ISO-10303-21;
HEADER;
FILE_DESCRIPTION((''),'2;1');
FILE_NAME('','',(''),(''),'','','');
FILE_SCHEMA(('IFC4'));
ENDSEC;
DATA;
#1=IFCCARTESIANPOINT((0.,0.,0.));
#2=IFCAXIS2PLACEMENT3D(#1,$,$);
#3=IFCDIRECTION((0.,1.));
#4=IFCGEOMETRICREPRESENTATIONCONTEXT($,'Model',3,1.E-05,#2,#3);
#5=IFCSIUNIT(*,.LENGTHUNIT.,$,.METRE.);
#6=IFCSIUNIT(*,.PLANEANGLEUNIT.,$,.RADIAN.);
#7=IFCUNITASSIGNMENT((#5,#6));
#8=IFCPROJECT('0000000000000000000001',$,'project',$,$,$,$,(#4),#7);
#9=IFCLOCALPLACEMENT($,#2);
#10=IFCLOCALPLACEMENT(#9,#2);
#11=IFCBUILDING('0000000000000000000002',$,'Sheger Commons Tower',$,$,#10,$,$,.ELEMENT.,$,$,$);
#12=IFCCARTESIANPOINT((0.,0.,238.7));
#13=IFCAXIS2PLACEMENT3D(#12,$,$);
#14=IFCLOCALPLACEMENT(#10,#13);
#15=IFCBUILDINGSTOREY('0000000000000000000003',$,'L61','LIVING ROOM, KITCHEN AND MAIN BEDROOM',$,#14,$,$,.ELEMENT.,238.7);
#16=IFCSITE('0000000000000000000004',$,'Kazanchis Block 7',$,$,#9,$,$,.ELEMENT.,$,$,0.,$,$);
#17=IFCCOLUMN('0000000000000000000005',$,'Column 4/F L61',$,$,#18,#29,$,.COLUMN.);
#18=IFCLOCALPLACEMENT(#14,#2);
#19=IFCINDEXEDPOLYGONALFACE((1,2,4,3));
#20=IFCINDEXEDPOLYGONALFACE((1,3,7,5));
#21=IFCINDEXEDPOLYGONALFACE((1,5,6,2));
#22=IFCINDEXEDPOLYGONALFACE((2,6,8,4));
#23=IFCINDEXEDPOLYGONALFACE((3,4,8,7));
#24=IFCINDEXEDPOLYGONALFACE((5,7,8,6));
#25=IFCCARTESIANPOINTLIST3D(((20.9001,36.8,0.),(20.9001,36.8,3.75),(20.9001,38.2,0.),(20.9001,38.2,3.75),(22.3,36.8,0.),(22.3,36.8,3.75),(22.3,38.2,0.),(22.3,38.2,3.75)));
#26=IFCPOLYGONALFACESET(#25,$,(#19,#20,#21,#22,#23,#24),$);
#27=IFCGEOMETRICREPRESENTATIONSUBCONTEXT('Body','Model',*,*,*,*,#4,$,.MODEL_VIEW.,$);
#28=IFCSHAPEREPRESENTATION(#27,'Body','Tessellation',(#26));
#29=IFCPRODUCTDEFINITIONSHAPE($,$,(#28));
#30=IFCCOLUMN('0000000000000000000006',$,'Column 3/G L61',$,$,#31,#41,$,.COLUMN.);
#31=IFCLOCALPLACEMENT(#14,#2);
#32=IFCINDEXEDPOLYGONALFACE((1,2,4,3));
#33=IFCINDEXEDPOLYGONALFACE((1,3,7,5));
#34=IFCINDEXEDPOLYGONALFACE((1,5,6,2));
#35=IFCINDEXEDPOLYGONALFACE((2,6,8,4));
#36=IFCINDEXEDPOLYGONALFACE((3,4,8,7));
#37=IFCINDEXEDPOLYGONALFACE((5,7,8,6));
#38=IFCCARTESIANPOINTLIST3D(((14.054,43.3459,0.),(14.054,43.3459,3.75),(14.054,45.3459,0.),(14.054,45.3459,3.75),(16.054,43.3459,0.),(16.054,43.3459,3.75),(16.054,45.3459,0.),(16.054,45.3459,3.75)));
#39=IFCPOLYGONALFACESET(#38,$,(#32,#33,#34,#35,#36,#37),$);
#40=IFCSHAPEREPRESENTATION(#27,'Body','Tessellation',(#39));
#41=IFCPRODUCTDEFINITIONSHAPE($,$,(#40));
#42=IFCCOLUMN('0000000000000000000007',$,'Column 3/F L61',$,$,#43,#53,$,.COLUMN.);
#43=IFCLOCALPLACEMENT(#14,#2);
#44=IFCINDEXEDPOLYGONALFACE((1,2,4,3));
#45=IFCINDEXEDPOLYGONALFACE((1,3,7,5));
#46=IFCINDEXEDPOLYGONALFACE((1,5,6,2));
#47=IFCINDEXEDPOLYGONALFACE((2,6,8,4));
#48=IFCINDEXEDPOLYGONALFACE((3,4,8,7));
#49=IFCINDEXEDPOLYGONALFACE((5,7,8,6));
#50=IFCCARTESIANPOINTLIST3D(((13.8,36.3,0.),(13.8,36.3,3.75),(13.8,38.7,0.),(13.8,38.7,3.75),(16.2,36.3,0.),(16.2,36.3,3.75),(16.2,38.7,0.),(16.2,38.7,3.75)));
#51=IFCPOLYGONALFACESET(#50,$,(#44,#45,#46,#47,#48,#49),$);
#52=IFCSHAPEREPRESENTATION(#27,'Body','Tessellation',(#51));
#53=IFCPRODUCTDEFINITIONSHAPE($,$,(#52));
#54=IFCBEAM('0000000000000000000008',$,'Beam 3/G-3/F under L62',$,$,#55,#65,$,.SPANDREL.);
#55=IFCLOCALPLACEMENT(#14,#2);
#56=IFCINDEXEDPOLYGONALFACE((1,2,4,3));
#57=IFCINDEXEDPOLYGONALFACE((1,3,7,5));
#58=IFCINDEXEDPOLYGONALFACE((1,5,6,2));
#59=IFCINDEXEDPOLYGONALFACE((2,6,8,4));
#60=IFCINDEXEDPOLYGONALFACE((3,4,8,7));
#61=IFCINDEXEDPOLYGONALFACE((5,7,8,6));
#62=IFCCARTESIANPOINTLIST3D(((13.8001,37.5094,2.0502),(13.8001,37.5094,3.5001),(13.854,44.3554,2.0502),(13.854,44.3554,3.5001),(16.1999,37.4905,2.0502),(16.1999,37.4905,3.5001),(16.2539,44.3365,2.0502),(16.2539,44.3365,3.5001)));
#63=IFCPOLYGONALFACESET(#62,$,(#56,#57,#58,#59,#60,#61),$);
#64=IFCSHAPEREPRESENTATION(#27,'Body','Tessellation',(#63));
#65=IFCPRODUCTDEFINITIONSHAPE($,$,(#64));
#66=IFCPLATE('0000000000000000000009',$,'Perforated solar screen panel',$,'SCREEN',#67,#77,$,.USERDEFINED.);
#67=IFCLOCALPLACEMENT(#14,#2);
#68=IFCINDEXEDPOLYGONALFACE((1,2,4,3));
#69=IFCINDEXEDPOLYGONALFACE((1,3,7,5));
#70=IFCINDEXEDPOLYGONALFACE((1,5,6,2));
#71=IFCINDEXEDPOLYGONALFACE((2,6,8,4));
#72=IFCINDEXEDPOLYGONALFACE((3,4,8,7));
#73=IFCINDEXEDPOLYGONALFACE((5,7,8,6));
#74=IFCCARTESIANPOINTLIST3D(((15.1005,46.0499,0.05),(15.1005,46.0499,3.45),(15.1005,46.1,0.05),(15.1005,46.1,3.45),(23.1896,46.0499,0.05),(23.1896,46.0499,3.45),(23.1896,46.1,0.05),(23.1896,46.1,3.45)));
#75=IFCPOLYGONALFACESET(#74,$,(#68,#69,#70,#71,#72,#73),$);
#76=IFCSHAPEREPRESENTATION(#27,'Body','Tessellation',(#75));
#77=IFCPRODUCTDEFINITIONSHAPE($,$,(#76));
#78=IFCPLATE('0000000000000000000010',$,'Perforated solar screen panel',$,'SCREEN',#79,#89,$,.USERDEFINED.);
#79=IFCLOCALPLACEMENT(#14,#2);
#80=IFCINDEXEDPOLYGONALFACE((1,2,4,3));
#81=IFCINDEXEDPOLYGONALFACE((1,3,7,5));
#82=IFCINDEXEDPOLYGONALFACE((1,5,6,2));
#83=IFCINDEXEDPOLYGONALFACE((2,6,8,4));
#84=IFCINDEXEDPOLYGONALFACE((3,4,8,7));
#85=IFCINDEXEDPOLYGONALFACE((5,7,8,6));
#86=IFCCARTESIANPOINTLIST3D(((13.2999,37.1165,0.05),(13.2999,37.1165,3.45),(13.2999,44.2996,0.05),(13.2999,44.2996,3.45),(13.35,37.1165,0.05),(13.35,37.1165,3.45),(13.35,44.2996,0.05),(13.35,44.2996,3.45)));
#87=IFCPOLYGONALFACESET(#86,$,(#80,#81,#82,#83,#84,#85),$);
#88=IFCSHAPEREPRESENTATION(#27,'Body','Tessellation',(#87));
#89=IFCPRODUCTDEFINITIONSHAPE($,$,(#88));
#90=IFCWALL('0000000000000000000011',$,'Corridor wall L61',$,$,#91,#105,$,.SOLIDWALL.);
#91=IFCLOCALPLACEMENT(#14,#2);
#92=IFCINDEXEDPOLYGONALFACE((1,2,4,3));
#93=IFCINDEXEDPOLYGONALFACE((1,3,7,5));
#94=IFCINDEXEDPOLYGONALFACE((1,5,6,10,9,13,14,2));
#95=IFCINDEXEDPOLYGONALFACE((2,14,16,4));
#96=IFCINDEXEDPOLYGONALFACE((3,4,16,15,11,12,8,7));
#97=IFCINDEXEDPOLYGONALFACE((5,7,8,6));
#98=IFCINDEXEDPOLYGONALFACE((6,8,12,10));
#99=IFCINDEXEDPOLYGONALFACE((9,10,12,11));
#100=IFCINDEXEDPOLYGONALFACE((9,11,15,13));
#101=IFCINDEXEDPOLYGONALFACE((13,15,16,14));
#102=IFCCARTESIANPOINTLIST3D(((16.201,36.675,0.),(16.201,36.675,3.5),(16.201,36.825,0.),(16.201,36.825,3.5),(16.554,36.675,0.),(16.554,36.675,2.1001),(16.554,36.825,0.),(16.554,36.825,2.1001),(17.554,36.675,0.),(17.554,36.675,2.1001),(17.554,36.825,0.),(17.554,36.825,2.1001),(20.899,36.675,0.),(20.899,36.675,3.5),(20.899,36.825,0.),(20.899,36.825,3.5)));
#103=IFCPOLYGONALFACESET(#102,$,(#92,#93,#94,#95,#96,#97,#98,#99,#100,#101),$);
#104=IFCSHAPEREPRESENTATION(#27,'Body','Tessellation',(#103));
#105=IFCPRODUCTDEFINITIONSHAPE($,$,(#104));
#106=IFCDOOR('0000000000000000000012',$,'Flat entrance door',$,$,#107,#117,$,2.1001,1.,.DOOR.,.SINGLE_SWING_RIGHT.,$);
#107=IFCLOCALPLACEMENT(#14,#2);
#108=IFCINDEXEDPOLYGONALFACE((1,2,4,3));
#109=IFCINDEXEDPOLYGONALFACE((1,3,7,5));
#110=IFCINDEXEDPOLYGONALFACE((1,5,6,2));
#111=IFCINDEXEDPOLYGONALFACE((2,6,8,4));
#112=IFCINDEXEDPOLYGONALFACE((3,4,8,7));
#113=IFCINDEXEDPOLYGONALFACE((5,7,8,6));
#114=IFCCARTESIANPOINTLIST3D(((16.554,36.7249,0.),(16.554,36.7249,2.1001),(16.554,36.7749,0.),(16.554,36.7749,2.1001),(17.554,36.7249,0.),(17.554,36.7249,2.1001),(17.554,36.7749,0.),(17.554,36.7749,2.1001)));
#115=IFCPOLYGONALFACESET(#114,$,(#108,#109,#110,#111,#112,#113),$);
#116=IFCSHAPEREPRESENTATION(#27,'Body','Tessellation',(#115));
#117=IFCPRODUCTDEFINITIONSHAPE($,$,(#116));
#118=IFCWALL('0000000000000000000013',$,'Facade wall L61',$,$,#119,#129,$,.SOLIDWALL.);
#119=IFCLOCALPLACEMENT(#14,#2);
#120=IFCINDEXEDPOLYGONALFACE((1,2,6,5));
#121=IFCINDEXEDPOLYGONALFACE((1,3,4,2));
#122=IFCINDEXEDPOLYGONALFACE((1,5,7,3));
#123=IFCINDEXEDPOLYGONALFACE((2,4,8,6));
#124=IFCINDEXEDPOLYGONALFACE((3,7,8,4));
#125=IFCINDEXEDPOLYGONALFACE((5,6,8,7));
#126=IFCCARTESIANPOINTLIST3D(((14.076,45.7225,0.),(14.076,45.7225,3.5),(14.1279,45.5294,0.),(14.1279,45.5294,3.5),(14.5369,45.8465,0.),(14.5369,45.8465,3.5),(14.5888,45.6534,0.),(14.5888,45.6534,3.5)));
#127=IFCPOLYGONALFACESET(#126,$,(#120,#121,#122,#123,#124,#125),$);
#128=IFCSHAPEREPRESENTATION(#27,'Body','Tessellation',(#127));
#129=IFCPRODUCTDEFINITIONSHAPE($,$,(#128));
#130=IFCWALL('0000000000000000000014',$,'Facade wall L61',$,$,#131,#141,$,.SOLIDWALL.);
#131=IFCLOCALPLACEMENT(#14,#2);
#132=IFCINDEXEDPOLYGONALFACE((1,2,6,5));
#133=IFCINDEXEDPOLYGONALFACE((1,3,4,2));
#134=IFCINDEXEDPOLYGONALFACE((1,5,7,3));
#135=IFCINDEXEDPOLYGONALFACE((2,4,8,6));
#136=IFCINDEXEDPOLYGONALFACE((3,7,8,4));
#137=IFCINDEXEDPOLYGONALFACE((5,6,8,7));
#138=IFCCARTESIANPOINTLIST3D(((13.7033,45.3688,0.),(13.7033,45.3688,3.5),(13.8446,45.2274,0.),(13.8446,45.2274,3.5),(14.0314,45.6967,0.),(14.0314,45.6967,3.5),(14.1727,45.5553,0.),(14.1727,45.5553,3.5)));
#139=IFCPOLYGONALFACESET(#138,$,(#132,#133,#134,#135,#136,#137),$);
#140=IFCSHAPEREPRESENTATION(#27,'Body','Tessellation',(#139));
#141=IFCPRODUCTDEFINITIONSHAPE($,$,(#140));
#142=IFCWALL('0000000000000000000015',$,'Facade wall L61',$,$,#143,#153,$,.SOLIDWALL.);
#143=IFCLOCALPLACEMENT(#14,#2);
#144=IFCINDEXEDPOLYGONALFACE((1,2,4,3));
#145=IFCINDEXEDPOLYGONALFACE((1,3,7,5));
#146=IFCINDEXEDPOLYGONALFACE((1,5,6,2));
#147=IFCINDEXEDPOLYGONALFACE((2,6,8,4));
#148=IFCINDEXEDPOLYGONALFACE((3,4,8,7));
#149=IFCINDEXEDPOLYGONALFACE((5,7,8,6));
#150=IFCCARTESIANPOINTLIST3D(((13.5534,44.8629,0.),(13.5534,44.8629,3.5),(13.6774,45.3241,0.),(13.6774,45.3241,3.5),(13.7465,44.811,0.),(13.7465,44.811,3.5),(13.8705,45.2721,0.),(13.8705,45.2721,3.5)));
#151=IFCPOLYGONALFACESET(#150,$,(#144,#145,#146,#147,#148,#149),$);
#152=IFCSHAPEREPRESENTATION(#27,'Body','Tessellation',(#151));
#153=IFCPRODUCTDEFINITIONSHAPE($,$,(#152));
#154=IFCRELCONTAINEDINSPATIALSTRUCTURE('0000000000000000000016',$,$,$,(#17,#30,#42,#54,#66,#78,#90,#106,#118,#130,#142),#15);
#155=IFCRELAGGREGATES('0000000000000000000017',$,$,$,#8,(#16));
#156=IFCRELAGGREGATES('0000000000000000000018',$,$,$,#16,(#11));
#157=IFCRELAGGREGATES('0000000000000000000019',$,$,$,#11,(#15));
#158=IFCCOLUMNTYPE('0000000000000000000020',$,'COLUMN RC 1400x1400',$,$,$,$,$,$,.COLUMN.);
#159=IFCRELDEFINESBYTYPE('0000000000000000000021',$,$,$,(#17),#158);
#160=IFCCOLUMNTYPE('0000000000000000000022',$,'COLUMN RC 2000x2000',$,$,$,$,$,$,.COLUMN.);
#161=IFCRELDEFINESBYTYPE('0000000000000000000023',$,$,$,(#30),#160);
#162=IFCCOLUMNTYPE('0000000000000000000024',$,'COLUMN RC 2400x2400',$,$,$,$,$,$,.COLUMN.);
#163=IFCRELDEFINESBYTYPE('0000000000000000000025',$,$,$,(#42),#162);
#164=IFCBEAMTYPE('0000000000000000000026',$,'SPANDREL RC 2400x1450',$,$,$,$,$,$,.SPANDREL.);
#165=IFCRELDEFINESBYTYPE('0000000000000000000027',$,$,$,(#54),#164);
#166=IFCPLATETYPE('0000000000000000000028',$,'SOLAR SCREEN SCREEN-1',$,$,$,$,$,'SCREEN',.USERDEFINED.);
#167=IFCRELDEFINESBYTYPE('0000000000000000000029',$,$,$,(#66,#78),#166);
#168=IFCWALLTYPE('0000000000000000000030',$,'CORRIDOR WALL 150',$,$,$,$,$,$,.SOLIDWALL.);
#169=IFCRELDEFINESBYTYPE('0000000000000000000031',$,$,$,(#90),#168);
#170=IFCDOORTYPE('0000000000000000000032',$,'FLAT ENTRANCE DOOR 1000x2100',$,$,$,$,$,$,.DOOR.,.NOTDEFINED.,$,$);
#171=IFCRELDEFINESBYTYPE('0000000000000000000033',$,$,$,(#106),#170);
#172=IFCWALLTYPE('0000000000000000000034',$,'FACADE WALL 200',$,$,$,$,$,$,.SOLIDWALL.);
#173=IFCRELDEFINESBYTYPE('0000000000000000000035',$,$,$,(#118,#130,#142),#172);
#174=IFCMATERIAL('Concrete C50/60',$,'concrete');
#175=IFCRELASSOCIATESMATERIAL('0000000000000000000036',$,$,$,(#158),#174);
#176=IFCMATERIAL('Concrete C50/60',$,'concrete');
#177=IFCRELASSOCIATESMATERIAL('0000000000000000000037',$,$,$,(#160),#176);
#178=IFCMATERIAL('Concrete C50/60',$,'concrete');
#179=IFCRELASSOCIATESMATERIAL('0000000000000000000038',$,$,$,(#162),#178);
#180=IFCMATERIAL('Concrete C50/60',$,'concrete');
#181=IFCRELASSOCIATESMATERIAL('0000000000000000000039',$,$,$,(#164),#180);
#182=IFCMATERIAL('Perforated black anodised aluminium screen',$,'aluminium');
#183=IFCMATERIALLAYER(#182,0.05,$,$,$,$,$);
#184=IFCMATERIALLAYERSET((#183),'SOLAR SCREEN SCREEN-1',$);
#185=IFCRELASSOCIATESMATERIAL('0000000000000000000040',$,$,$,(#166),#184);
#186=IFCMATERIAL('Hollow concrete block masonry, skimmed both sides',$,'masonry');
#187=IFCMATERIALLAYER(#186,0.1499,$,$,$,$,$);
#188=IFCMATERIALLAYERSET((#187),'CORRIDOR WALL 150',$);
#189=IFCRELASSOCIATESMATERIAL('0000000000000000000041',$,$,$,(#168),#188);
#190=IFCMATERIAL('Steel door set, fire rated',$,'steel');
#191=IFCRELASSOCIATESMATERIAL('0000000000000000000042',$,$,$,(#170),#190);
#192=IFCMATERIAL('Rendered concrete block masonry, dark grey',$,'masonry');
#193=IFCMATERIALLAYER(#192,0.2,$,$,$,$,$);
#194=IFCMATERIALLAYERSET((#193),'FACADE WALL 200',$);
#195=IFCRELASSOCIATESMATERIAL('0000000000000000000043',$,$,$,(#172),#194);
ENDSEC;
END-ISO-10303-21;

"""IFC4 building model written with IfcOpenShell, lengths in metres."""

from ifc_helpers import new_model, si_unit, direction, frame, frame_2d, origin, origin_2d, place, context, subcontext, project, spatial, rectangle, extrude, material, layer, layer_set, material_profile, profile_set, type_object, element, fill, save


model = new_model("IFC4")

# Units and contexts
model_context = context("Model", 3, precision=1e-05, world=origin(), true_north=direction((0.0, 1.0)))
body_context = subcontext(model_context, "Body", "Model", "MODEL_VIEW")
ifc_project = project(units=[si_unit("LENGTHUNIT", "METRE"), si_unit("PLANEANGLEUNIT", "RADIAN")], contexts=[model_context])

# Site, building, storey
site_placement = place(None, origin())
site = spatial("IfcSite", under=ifc_project, at=site_placement, Name="Kazanchis Block 7", CompositionType="ELEMENT", RefElevation=0.0)
building_placement = place(site_placement, origin())
building = spatial("IfcBuilding", under=site, at=building_placement, Name="Sheger Commons Tower", CompositionType="ELEMENT")
storey_placement = place(building_placement, frame((0.0, 0.0, 238.7)))
storey = spatial("IfcBuildingStorey", under=building, at=storey_placement, Name="L61", Description="LIVING ROOM, KITCHEN AND MAIN BEDROOM", CompositionType="ELEMENT", Elevation=238.7)

# Columns
ifc_material_1 = material(Name="Concrete C50/60", Category="concrete")
ifc_material_profile_1 = material_profile(ifc_material_1, rectangle(XDim=1.3999, YDim=1.3999, at=origin_2d()), Name="RC 1400x1400")
ifc_profile_set_1 = profile_set([ifc_material_profile_1], Name="Concrete C50/60")
column_type_1 = type_object("IfcColumnType", Name="COLUMN RC 1400x1400", PredefinedType="COLUMN", material=ifc_profile_set_1)
column_1_placement = place(storey_placement, frame((21.6001, 37.5, 0.0), z_axis=(0.0, 0.0, 1.0), x_axis=(1.0, 0.0, 0.0)))
element("IfcColumn", 1, at=column_1_placement, inside=storey, type_object=column_type_1, Name="Column 4/F L61", PredefinedType="COLUMN", context=body_context, shape_type="SweptSolid", body=[
    extrude(rectangle(XDim=1.3999, YDim=1.3999, at=origin_2d()), origin(), (0.0, 0.0, 1.0), 3.75),
])
ifc_material_2 = material(Name="Concrete C50/60", Category="concrete")
ifc_material_profile_2 = material_profile(ifc_material_2, rectangle(XDim=2.0, YDim=2.0, at=origin_2d()), Name="RC 2000x2000")
ifc_profile_set_2 = profile_set([ifc_material_profile_2], Name="Concrete C50/60")
column_type_2 = type_object("IfcColumnType", Name="COLUMN RC 2000x2000", PredefinedType="COLUMN", material=ifc_profile_set_2)
column_2_placement = place(storey_placement, frame((15.054, 44.3459, 0.0), z_axis=(0.0, 0.0, 1.0), x_axis=(1.0, 0.0, 0.0)))
element("IfcColumn", 2, at=column_2_placement, inside=storey, type_object=column_type_2, Name="Column 3/G L61", PredefinedType="COLUMN", context=body_context, shape_type="SweptSolid", body=[
    extrude(rectangle(XDim=2.0, YDim=2.0, at=origin_2d()), origin(), (0.0, 0.0, 1.0), 3.75),
])
ifc_material_3 = material(Name="Concrete C50/60", Category="concrete")
ifc_material_profile_3 = material_profile(ifc_material_3, rectangle(XDim=2.3999, YDim=2.3999, at=origin_2d()), Name="RC 2400x2400")
ifc_profile_set_3 = profile_set([ifc_material_profile_3], Name="Concrete C50/60")
column_type_3 = type_object("IfcColumnType", Name="COLUMN RC 2400x2400", PredefinedType="COLUMN", material=ifc_profile_set_3)
column_3_placement = place(storey_placement, frame((15.0, 37.5, 0.0), z_axis=(0.0, 0.0, 1.0), x_axis=(1.0, 0.0, 0.0)))
element("IfcColumn", 3, at=column_3_placement, inside=storey, type_object=column_type_3, Name="Column 3/F L61", PredefinedType="COLUMN", context=body_context, shape_type="SweptSolid", body=[
    extrude(rectangle(XDim=2.3999, YDim=2.3999, at=origin_2d()), origin(), (0.0, 0.0, 1.0), 3.75),
])

# Beam
ifc_material_4 = material(Name="Concrete C50/60", Category="concrete")
ifc_material_profile_4 = material_profile(ifc_material_4, rectangle(XDim=2.3999, YDim=1.45, at=origin_2d()), Name="RC 2400x1450")
ifc_profile_set_4 = profile_set([ifc_material_profile_4], Name="Concrete C50/60")
beam_type = type_object("IfcBeamType", Name="SPANDREL RC 2400x1450", PredefinedType="SPANDREL", material=ifc_profile_set_4)
beam_placement = place(storey_placement, frame((15.054, 44.3459, 2.7751), z_axis=(-0.007881, -0.999969, 0.0), x_axis=(0.999969, -0.007881, 0.0)))
element("IfcBeam", 4, at=beam_placement, inside=storey, type_object=beam_type, Name="Beam 3/G-3/F under L62", PredefinedType="SPANDREL", context=body_context, shape_type="SweptSolid", body=[
    extrude(rectangle(XDim=2.3999, YDim=1.45, at=origin_2d()), origin(), (0.0, 0.0, 1.0), 6.8462),
])

# Plates
ifc_material_5 = material(Name="Perforated black anodised aluminium screen", Category="aluminium")
ifc_layer_1 = layer(ifc_material_5, 0.05)
ifc_layer_set_1 = layer_set([ifc_layer_1], Name="SOLAR SCREEN SCREEN-1")
plate_type = type_object("IfcPlateType", Name="SOLAR SCREEN SCREEN-1", ElementType="SCREEN", PredefinedType="USERDEFINED", material=ifc_layer_set_1)
plate_1_placement = place(storey_placement, frame((19.145, 46.075, 0.05), z_axis=(0.0, 0.0, 1.0), x_axis=(-1.0, 0.0, 0.0)))
element("IfcPlate", 5, at=plate_1_placement, inside=storey, type_object=plate_type, Name="Perforated solar screen panel", ObjectType="SCREEN", PredefinedType="USERDEFINED", context=body_context, shape_type="SweptSolid", body=[
    extrude(rectangle(XDim=8.0891, YDim=0.05, at=origin_2d()), origin(), (0.0, 0.0, 1.0), 3.3999),
])
plate_2_placement = place(storey_placement, frame((13.325, 40.708, 0.05), z_axis=(0.0, 0.0, 1.0), x_axis=(0.0, -1.0, 0.0)))
element("IfcPlate", 6, at=plate_2_placement, inside=storey, type_object=plate_type, Name="Perforated solar screen panel", ObjectType="SCREEN", PredefinedType="USERDEFINED", context=body_context, shape_type="SweptSolid", body=[
    extrude(rectangle(XDim=7.1831, YDim=0.05, at=origin_2d()), origin(), (0.0, 0.0, 1.0), 3.3999),
])

# Wall, opening, door
ifc_material_6 = material(Name="Hollow concrete block masonry, skimmed both sides", Category="masonry")
ifc_layer_2 = layer(ifc_material_6, 0.1499)
ifc_layer_set_2 = layer_set([ifc_layer_2], Name="CORRIDOR WALL 150")
wall_type_1 = type_object("IfcWallType", Name="CORRIDOR WALL 150", PredefinedType="SOLIDWALL", material=ifc_layer_set_2)
wall_1_placement = place(storey_placement, frame((16.2009, 36.75, 0.0), z_axis=(0.0, 0.0, 1.0), x_axis=(1.0, 0.0, 0.0)))
wall_1 = element("IfcWall", 7, at=wall_1_placement, inside=storey, type_object=wall_type_1, Name="Corridor wall L61", PredefinedType="SOLIDWALL", context=body_context, shape_type="SweptSolid", body=[
    extrude(rectangle(XDim=4.698, YDim=0.1499, at=frame_2d((2.3491, 0.0))), origin(), (0.0, 0.0, 1.0), 3.5),
])
opening_1_placement = place(wall_1_placement, frame((0.353, 0.0, 0.0)))
opening_1 = element("IfcOpeningElement", 8, at=opening_1_placement, cuts=wall_1, PredefinedType="OPENING", context=body_context, shape_type="SweptSolid", body=[
    extrude(rectangle(XDim=1.0, YDim=2.1001, at=frame_2d((0.5, 1.05))), frame((0.0, 0.085, 0.0), z_axis=(0.0, -1.0, 0.0), x_axis=(1.0, 0.0, 0.0)), (0.0, 0.0, 1.0), 0.1699),
])
ifc_material_7 = material(Name="Steel door set, fire rated", Category="steel")
door_type_1 = type_object("IfcDoorType", Name="FLAT ENTRANCE DOOR 1000x2100", OperationType="NOTDEFINED", PredefinedType="DOOR", material=ifc_material_7)
door_1_placement = place(opening_1_placement, origin())
door_1 = element("IfcDoor", 9, at=door_1_placement, inside=storey, type_object=door_type_1, Name="Flat entrance door", OperationType="SINGLE_SWING_RIGHT", OverallHeight=2.1001, OverallWidth=1.0, PredefinedType="DOOR", context=body_context, shape_type="SweptSolid", body=[
    extrude(rectangle(XDim=1.0, YDim=2.1001, at=frame_2d((0.5, 1.05))), frame((0.0, 0.0249, 0.0), z_axis=(0.0, -1.0, 0.0), x_axis=(1.0, 0.0, 0.0)), (0.0, 0.0, 1.0), 0.05),
])
fill(opening_1, door_1)

# Walls
ifc_material_8 = material(Name="Rendered concrete block masonry, dark grey", Category="masonry")
ifc_layer_3 = layer(ifc_material_8, 0.2)
ifc_layer_set_3 = layer_set([ifc_layer_3], Name="FACADE WALL 200")
wall_type_2 = type_object("IfcWallType", Name="FACADE WALL 200", PredefinedType="SOLIDWALL", material=ifc_layer_set_3)
wall_2_placement = place(storey_placement, frame((14.563, 45.75, 0.0), z_axis=(0.0, 0.0, 1.0), x_axis=(-0.965655, -0.259827, 0.0)))
element("IfcWall", 10, at=wall_2_placement, inside=storey, type_object=wall_type_2, Name="Facade wall L61", PredefinedType="SOLIDWALL", context=body_context, shape_type="SweptSolid", body=[
    extrude(rectangle(XDim=0.4773, YDim=0.2, at=frame_2d((0.2388, 0.0))), origin(), (0.0, 0.0, 1.0), 3.5),
])
wall_3_placement = place(storey_placement, frame((14.1021, 45.626, 0.0), z_axis=(0.0, 0.0, 1.0), x_axis=(-0.70737, -0.706844, 0.0)))
element("IfcWall", 11, at=wall_3_placement, inside=storey, type_object=wall_type_2, Name="Facade wall L61", PredefinedType="SOLIDWALL", context=body_context, shape_type="SweptSolid", body=[
    extrude(rectangle(XDim=0.4639, YDim=0.2, at=frame_2d((0.2319, 0.0))), origin(), (0.0, 0.0, 1.0), 3.5),
])
wall_4_placement = place(storey_placement, frame((13.7739, 45.2981, 0.0), z_axis=(0.0, 0.0, 1.0), x_axis=(-0.259698, -0.96569, 0.0)))
element("IfcWall", 12, at=wall_4_placement, inside=storey, type_object=wall_type_2, Name="Facade wall L61", PredefinedType="SOLIDWALL", context=body_context, shape_type="SweptSolid", body=[
    extrude(rectangle(XDim=0.4775, YDim=0.2, at=frame_2d((0.2388, 0.0))), origin(), (0.0, 0.0, 1.0), 3.5),
])

save(model, "model.ifc")
